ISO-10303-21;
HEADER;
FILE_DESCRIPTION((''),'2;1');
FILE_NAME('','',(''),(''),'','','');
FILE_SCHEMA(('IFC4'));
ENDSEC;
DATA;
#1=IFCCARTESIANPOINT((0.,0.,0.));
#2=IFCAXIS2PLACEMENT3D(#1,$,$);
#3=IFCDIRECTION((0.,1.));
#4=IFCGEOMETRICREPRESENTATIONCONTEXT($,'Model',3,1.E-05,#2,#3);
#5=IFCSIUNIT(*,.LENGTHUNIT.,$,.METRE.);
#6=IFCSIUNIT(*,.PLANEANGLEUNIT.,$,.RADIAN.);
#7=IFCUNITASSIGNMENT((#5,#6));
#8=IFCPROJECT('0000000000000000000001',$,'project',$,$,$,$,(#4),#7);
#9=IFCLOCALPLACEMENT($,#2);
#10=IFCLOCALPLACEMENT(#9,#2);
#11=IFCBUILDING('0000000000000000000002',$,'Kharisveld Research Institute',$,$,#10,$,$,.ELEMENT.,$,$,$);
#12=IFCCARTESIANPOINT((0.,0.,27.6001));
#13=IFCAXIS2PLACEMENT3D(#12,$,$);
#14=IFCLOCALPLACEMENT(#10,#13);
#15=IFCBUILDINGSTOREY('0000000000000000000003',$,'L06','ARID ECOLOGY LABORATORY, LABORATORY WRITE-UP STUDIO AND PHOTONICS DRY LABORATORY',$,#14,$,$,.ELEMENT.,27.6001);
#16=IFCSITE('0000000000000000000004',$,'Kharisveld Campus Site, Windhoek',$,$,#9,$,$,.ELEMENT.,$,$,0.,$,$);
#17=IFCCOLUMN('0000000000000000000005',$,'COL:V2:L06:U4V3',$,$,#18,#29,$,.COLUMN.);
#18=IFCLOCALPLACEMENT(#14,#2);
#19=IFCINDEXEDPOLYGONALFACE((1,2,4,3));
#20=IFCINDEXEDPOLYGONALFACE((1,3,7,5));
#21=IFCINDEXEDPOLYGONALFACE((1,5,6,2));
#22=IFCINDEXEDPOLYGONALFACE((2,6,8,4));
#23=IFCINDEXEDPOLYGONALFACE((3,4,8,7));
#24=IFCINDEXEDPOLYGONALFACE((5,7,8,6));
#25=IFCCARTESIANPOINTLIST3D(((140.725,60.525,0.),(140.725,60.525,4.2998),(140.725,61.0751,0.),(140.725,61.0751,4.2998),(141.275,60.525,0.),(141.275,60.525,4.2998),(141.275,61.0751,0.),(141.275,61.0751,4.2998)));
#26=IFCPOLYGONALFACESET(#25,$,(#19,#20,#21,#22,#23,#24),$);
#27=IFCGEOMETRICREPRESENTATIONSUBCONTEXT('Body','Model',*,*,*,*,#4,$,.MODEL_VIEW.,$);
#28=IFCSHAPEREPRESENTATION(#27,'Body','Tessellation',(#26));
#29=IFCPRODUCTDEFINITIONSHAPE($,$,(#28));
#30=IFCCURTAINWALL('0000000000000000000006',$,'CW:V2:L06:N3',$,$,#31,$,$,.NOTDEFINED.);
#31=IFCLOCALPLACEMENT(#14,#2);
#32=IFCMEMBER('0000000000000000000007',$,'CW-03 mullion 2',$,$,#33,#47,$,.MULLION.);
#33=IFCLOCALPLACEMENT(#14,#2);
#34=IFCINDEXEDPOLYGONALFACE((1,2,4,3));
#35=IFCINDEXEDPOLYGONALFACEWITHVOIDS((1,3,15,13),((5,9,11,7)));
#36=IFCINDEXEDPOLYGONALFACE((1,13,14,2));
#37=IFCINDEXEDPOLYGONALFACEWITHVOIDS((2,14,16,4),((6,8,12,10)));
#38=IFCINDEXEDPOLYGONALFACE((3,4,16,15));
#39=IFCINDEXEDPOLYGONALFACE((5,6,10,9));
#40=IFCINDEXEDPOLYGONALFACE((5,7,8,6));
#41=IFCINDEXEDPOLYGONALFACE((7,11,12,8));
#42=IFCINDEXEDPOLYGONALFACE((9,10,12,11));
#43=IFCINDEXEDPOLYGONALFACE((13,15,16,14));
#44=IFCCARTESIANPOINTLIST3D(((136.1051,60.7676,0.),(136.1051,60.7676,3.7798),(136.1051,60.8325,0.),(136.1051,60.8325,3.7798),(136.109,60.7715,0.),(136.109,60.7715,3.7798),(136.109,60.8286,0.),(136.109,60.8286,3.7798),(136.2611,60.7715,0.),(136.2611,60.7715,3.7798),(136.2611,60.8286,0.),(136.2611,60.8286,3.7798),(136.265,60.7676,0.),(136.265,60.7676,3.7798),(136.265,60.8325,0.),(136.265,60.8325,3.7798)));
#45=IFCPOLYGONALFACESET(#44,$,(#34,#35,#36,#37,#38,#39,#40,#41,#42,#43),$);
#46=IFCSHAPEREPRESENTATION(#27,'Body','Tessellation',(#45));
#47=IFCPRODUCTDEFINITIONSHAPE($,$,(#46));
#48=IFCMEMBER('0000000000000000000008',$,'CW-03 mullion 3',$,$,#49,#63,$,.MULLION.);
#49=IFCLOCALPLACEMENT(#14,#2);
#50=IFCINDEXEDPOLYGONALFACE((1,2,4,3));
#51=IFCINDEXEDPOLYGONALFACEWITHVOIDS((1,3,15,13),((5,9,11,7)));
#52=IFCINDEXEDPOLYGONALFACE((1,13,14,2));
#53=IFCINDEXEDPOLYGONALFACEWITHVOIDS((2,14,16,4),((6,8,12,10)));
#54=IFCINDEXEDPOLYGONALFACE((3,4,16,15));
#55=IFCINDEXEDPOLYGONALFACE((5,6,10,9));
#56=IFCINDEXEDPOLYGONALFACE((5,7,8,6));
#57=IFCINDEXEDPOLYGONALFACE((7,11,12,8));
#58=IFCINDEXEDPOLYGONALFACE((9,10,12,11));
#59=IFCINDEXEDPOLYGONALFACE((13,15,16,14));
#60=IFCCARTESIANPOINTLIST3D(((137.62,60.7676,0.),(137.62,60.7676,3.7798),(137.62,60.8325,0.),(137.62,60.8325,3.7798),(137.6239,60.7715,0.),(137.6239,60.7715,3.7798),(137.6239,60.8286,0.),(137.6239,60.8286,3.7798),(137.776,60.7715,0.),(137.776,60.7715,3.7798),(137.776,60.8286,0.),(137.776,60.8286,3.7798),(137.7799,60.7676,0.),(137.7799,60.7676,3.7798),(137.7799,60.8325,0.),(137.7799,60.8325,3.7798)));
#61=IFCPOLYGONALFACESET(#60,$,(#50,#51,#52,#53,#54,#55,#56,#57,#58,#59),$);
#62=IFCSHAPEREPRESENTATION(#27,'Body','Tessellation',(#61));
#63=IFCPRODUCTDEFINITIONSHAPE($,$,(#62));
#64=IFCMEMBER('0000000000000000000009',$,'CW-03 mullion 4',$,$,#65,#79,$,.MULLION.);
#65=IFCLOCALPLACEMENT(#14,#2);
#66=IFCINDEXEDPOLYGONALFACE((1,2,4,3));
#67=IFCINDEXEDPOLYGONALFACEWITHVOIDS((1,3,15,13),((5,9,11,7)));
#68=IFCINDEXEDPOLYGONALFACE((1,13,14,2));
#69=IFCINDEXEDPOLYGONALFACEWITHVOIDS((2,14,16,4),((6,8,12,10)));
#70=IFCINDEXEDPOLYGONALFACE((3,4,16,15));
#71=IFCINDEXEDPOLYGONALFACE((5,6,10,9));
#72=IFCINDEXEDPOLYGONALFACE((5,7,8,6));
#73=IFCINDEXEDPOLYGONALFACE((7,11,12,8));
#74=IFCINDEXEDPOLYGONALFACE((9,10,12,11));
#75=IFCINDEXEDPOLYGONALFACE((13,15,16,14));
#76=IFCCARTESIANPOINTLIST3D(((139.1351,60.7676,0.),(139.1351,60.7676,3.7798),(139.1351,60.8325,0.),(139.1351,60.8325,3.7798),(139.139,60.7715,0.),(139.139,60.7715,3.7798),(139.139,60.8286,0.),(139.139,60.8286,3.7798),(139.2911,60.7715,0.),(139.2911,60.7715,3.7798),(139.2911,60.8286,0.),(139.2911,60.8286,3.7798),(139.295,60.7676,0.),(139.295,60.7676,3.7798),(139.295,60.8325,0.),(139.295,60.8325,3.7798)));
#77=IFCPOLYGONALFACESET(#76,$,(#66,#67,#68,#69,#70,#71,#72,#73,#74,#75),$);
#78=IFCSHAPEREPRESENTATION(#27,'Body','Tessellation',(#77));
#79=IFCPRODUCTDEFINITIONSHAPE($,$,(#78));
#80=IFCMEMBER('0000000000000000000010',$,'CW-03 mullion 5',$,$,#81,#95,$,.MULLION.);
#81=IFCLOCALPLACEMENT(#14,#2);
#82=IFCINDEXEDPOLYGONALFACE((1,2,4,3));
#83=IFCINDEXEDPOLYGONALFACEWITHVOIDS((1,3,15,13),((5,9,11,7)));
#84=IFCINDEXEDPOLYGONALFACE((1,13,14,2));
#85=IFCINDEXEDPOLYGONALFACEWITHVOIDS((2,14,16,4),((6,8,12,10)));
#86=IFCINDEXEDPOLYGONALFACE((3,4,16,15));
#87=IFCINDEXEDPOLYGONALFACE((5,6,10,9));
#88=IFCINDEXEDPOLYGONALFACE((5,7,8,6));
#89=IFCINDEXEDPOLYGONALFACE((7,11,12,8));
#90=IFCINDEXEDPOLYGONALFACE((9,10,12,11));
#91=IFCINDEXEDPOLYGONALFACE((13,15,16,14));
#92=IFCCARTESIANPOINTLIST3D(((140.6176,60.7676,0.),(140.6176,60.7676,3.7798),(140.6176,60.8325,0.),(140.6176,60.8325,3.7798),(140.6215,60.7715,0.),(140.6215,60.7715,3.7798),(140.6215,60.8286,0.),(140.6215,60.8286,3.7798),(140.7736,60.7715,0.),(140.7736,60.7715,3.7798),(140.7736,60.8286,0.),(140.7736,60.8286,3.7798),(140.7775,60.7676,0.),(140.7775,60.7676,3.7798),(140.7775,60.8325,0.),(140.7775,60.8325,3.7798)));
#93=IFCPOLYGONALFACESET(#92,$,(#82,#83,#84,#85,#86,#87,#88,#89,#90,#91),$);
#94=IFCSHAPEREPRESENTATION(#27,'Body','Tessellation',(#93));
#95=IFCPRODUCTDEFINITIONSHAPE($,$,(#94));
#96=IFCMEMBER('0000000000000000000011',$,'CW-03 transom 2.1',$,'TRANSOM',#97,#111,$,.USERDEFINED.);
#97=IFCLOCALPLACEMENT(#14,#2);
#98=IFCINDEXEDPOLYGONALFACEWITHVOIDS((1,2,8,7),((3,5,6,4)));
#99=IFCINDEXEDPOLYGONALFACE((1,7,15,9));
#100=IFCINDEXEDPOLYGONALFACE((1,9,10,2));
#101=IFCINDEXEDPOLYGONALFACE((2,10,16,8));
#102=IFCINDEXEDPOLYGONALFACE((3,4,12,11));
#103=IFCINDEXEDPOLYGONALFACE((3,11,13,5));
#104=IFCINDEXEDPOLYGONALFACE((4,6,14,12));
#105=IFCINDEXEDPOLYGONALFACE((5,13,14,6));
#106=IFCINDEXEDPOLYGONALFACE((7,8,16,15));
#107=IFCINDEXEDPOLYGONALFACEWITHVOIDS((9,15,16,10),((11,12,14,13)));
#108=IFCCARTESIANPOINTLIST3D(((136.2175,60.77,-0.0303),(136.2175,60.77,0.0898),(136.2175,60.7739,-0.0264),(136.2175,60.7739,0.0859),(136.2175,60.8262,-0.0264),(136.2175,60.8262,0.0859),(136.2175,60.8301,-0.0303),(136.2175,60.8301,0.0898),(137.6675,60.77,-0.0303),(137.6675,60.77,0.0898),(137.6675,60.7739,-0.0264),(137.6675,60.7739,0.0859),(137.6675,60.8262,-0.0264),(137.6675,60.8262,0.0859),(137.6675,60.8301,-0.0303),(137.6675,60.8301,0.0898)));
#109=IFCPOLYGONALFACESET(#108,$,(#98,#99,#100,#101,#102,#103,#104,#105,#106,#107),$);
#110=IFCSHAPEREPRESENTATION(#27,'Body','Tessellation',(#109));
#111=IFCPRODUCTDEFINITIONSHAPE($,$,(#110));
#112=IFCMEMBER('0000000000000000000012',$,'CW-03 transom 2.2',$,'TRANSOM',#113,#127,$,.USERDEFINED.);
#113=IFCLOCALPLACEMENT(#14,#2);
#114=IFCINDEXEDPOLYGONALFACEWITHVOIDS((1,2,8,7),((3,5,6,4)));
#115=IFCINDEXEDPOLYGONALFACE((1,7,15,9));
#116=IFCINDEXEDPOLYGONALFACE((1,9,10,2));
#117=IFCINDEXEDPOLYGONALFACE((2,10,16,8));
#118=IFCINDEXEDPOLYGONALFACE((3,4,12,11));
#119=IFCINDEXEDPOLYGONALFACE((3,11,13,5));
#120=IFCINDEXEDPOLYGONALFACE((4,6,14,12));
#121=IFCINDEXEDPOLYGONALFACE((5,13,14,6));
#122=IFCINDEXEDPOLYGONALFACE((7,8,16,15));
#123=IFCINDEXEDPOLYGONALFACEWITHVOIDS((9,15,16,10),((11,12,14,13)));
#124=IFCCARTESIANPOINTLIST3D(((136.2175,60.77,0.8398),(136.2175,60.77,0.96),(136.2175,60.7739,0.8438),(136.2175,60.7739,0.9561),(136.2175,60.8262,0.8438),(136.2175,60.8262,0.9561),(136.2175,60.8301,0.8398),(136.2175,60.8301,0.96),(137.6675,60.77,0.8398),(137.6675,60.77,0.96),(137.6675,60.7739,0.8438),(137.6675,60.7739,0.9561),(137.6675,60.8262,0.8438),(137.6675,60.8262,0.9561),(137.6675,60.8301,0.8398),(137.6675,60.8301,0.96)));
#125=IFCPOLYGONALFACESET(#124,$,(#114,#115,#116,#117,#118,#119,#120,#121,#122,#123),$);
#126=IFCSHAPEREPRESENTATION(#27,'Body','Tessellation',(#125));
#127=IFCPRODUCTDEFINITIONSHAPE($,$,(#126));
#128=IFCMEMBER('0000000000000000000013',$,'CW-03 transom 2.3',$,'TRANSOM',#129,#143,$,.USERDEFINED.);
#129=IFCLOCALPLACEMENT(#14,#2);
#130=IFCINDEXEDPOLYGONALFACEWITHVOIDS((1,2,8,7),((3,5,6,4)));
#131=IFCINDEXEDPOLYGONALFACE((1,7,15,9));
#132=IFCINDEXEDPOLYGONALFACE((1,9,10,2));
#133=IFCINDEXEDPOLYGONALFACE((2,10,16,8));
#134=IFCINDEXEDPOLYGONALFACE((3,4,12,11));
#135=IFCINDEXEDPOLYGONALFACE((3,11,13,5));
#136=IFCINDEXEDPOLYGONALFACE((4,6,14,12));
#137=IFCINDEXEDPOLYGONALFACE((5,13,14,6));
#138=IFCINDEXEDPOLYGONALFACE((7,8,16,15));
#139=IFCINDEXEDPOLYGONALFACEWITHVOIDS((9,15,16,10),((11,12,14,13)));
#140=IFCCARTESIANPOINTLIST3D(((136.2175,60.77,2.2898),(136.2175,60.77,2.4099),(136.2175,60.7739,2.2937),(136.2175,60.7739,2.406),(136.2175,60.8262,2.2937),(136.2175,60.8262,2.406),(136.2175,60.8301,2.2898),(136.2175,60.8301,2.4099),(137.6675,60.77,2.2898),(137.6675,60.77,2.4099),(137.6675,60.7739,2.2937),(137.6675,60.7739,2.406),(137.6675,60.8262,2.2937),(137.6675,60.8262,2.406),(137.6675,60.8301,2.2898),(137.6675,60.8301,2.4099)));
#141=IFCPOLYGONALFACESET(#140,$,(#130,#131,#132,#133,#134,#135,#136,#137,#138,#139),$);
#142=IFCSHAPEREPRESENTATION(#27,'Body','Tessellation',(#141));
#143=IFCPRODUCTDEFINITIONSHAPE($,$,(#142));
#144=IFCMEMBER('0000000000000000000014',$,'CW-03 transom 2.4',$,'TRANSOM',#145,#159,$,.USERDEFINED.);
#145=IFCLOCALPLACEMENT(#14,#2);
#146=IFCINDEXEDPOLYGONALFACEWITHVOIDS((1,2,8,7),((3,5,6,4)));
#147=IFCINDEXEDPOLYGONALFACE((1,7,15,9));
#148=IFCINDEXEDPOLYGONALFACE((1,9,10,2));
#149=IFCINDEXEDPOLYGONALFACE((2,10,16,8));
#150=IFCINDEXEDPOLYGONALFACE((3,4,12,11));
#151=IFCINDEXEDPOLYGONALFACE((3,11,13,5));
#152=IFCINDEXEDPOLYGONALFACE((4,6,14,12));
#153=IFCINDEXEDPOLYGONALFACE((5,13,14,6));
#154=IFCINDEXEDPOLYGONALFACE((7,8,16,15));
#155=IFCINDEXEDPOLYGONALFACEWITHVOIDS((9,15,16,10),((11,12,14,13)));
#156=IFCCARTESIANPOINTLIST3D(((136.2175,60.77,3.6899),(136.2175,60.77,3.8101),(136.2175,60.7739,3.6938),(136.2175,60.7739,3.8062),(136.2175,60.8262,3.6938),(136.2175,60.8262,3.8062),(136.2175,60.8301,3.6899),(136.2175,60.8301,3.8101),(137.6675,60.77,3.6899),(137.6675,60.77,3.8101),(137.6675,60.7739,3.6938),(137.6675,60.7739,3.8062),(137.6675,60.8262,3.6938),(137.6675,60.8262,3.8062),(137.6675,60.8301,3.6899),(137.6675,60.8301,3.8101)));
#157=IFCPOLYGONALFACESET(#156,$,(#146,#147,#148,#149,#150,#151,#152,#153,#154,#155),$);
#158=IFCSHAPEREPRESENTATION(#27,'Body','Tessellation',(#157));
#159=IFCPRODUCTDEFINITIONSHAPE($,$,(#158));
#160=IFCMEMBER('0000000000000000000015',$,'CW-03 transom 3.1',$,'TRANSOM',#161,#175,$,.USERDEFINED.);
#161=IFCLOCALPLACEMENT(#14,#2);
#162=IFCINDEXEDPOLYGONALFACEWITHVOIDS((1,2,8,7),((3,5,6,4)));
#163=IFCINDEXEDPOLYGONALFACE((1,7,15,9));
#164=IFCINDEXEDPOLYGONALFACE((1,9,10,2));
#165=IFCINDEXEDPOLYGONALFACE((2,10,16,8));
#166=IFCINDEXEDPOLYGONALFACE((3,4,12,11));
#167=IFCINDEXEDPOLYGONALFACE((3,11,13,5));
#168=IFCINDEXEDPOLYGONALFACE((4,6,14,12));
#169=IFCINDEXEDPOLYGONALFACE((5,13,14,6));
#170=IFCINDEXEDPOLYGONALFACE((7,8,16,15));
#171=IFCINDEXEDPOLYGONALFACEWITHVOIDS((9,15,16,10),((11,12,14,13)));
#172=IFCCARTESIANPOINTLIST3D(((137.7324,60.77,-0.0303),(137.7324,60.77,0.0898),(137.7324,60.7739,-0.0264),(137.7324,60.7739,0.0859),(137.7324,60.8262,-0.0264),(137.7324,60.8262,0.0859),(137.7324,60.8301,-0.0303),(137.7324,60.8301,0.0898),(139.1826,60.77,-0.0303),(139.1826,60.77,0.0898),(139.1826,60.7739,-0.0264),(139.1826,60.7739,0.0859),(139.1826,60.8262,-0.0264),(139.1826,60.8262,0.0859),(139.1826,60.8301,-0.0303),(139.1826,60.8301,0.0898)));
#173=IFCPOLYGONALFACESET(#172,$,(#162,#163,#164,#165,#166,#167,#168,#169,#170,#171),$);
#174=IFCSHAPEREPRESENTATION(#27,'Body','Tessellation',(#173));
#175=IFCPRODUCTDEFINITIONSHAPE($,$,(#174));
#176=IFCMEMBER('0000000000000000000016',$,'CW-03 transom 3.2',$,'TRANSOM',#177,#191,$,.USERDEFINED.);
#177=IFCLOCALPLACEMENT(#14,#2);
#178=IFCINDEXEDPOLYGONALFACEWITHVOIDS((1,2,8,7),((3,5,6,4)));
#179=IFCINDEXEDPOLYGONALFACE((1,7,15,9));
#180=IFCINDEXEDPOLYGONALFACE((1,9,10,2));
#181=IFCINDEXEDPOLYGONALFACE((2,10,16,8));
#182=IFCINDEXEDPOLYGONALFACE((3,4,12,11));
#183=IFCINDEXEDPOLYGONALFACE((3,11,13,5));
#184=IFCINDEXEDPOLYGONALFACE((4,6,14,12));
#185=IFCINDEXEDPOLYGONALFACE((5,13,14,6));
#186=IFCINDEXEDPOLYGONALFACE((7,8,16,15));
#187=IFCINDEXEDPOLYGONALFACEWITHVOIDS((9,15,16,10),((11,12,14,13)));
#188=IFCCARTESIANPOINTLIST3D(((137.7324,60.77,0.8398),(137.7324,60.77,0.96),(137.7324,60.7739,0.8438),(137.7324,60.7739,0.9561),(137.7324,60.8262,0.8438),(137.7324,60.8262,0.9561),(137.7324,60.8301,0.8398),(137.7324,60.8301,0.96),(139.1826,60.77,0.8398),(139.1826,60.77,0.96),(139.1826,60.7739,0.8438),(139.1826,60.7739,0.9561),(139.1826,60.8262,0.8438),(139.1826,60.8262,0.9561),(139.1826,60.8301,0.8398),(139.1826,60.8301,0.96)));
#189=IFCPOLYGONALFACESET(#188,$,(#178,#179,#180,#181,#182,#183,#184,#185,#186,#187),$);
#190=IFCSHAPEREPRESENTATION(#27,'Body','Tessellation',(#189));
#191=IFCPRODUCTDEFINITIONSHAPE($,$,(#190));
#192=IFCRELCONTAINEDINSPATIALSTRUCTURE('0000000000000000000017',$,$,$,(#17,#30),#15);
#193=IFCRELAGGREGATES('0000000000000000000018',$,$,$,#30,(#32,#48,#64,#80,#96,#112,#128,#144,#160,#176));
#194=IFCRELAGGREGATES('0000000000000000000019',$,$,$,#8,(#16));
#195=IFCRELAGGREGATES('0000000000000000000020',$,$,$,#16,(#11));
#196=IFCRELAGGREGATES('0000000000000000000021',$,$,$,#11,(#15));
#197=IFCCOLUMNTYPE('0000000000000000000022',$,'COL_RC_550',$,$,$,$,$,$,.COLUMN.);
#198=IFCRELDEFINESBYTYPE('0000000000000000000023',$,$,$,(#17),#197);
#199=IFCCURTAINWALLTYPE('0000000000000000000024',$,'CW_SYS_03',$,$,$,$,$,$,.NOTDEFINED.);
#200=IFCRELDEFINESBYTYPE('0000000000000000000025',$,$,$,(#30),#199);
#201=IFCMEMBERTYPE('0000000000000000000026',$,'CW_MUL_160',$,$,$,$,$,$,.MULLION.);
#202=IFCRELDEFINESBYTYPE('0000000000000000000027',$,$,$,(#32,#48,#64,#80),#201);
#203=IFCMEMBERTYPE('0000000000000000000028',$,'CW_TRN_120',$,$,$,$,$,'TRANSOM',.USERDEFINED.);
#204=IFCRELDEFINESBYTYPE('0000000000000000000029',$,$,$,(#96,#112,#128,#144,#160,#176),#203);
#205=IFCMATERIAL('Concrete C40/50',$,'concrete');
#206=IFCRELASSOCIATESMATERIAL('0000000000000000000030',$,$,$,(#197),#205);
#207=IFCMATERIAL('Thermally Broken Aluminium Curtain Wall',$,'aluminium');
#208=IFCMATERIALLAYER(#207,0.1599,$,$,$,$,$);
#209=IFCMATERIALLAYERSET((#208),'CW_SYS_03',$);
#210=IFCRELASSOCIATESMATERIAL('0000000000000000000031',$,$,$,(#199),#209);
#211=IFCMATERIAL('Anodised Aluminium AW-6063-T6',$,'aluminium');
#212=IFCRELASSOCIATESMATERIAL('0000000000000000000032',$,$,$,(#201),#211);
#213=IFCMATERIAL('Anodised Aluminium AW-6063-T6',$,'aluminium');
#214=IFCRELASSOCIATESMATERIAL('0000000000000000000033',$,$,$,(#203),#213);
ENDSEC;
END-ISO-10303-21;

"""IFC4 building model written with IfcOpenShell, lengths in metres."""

from ifc_helpers import new_model, si_unit, direction, frame, origin, origin_2d, place, context, subcontext, project, spatial, rectangle, hollow_rectangle, extrude, material, layer, layer_set, material_profile, profile_set, type_object, element, aggregate, save


model = new_model("IFC4")

# Units and contexts
model_context = context("Model", 3, precision=1e-05, world=origin(), true_north=direction((0.0, 1.0)))
body_context = subcontext(model_context, "Body", "Model", "MODEL_VIEW")
ifc_project = project(units=[si_unit("LENGTHUNIT", "METRE"), si_unit("PLANEANGLEUNIT", "RADIAN")], contexts=[model_context])

# Site, building, storey
site_placement = place(None, origin())
site = spatial("IfcSite", under=ifc_project, at=site_placement, Name="Kharisveld Campus Site, Windhoek", CompositionType="ELEMENT", RefElevation=0.0)
building_placement = place(site_placement, origin())
building = spatial("IfcBuilding", under=site, at=building_placement, Name="Kharisveld Research Institute", CompositionType="ELEMENT")
storey_placement = place(building_placement, frame((0.0, 0.0, 27.6001)))
storey = spatial("IfcBuildingStorey", under=building, at=storey_placement, Name="L06", Description="ARID ECOLOGY LABORATORY, LABORATORY WRITE-UP STUDIO AND PHOTONICS DRY LABORATORY", CompositionType="ELEMENT", Elevation=27.6001)

# Column
ifc_material_1 = material(Name="Concrete C40/50", Category="concrete")
ifc_material_profile_1 = material_profile(ifc_material_1, rectangle(XDim=0.55, YDim=0.55, at=origin_2d()))
ifc_profile_set_1 = profile_set([ifc_material_profile_1], Name="Concrete C40/50")
column_type = type_object("IfcColumnType", Name="COL_RC_550", PredefinedType="COLUMN", material=ifc_profile_set_1)
column_placement = place(storey_placement, frame((141.0, 60.8, 0.0), z_axis=(0.0, 0.0, 1.0), x_axis=(1.0, 0.0, 0.0)))
element("IfcColumn", 1, at=column_placement, inside=storey, type_object=column_type, Name="COL:V2:L06:U4V3", PredefinedType="COLUMN", context=body_context, shape_type="SweptSolid", body=[
    extrude(rectangle(XDim=0.55, YDim=0.55, at=origin_2d()), origin(), (0.0, 0.0, 1.0), 4.2998),
])

# Curtain wall, members
ifc_material_2 = material(Name="Thermally Broken Aluminium Curtain Wall", Category="aluminium")
ifc_layer_1 = layer(ifc_material_2, 0.1599)
ifc_layer_set_1 = layer_set([ifc_layer_1], Name="CW_SYS_03")
curtain_wall_type = type_object("IfcCurtainWallType", Name="CW_SYS_03", PredefinedType="NOTDEFINED", material=ifc_layer_set_1)
curtain_wall_placement = place(storey_placement, origin())
curtain_wall = element("IfcCurtainWall", 2, at=curtain_wall_placement, inside=storey, type_object=curtain_wall_type, Name="CW:V2:L06:N3", PredefinedType="NOTDEFINED")
ifc_material_3 = material(Name="Anodised Aluminium AW-6063-T6", Category="aluminium")
ifc_material_profile_2 = material_profile(ifc_material_3, hollow_rectangle(XDim=0.0649, YDim=0.1599, WallThickness=0.0039, at=origin_2d()))
ifc_profile_set_2 = profile_set([ifc_material_profile_2], Name="Anodised Aluminium AW-6063-T6")
member_type_1 = type_object("IfcMemberType", Name="CW_MUL_160", PredefinedType="MULLION", material=ifc_profile_set_2)
member_1_placement = place(storey_placement, frame((136.1851, 60.8, 0.0), z_axis=(0.0, 0.0, 1.0), x_axis=(0.0, 1.0, 0.0)))
member_1 = element("IfcMember", 3, at=member_1_placement, type_object=member_type_1, Name="CW-03 mullion 2", PredefinedType="MULLION", context=body_context, shape_type="SweptSolid", body=[
    extrude(hollow_rectangle(XDim=0.0649, YDim=0.1599, WallThickness=0.0039, at=origin_2d()), origin(), (0.0, 0.0, 1.0), 3.7798),
])
member_2_placement = place(storey_placement, frame((137.7, 60.8, 0.0), z_axis=(0.0, 0.0, 1.0), x_axis=(0.0, 1.0, 0.0)))
member_2 = element("IfcMember", 4, at=member_2_placement, type_object=member_type_1, Name="CW-03 mullion 3", PredefinedType="MULLION", context=body_context, shape_type="SweptSolid", body=[
    extrude(hollow_rectangle(XDim=0.0649, YDim=0.1599, WallThickness=0.0039, at=origin_2d()), origin(), (0.0, 0.0, 1.0), 3.7798),
])
member_3_placement = place(storey_placement, frame((139.2151, 60.8, 0.0), z_axis=(0.0, 0.0, 1.0), x_axis=(0.0, 1.0, 0.0)))
member_3 = element("IfcMember", 5, at=member_3_placement, type_object=member_type_1, Name="CW-03 mullion 4", PredefinedType="MULLION", context=body_context, shape_type="SweptSolid", body=[
    extrude(hollow_rectangle(XDim=0.0649, YDim=0.1599, WallThickness=0.0039, at=origin_2d()), origin(), (0.0, 0.0, 1.0), 3.7798),
])
member_4_placement = place(storey_placement, frame((140.6975, 60.8, 0.0), z_axis=(0.0, 0.0, 1.0), x_axis=(0.0, 1.0, 0.0)))
member_4 = element("IfcMember", 6, at=member_4_placement, type_object=member_type_1, Name="CW-03 mullion 5", PredefinedType="MULLION", context=body_context, shape_type="SweptSolid", body=[
    extrude(hollow_rectangle(XDim=0.0649, YDim=0.1599, WallThickness=0.0039, at=origin_2d()), origin(), (0.0, 0.0, 1.0), 3.7798),
])
ifc_material_4 = material(Name="Anodised Aluminium AW-6063-T6", Category="aluminium")
ifc_material_profile_3 = material_profile(ifc_material_4, hollow_rectangle(XDim=0.0601, YDim=0.1201, WallThickness=0.0039, at=origin_2d()))
ifc_profile_set_3 = profile_set([ifc_material_profile_3], Name="Anodised Aluminium AW-6063-T6")
member_type_2 = type_object("IfcMemberType", Name="CW_TRN_120", ElementType="TRANSOM", PredefinedType="USERDEFINED", material=ifc_profile_set_3)
member_5_placement = place(storey_placement, frame((136.2175, 60.8, 0.0298), z_axis=(1.0, 0.0, 0.0), x_axis=(0.0, 1.0, 0.0)))
member_5 = element("IfcMember", 7, at=member_5_placement, type_object=member_type_2, Name="CW-03 transom 2.1", ObjectType="TRANSOM", PredefinedType="USERDEFINED", context=body_context, shape_type="SweptSolid", body=[
    extrude(hollow_rectangle(XDim=0.0601, YDim=0.1201, WallThickness=0.0039, at=origin_2d()), origin(), (0.0, 0.0, 1.0), 1.45),
])
member_6_placement = place(storey_placement, frame((136.2175, 60.8, 0.8999), z_axis=(1.0, 0.0, 0.0), x_axis=(0.0, 1.0, 0.0)))
member_6 = element("IfcMember", 8, at=member_6_placement, type_object=member_type_2, Name="CW-03 transom 2.2", ObjectType="TRANSOM", PredefinedType="USERDEFINED", context=body_context, shape_type="SweptSolid", body=[
    extrude(hollow_rectangle(XDim=0.0601, YDim=0.1201, WallThickness=0.0039, at=origin_2d()), origin(), (0.0, 0.0, 1.0), 1.45),
])
member_7_placement = place(storey_placement, frame((136.2175, 60.8, 2.3499), z_axis=(1.0, 0.0, 0.0), x_axis=(0.0, 1.0, 0.0)))
member_7 = element("IfcMember", 9, at=member_7_placement, type_object=member_type_2, Name="CW-03 transom 2.3", ObjectType="TRANSOM", PredefinedType="USERDEFINED", context=body_context, shape_type="SweptSolid", body=[
    extrude(hollow_rectangle(XDim=0.0601, YDim=0.1201, WallThickness=0.0039, at=origin_2d()), origin(), (0.0, 0.0, 1.0), 1.45),
])
member_8_placement = place(storey_placement, frame((136.2175, 60.8, 3.75), z_axis=(1.0, 0.0, 0.0), x_axis=(0.0, 1.0, 0.0)))
member_8 = element("IfcMember", 10, at=member_8_placement, type_object=member_type_2, Name="CW-03 transom 2.4", ObjectType="TRANSOM", PredefinedType="USERDEFINED", context=body_context, shape_type="SweptSolid", body=[
    extrude(hollow_rectangle(XDim=0.0601, YDim=0.1201, WallThickness=0.0039, at=origin_2d()), origin(), (0.0, 0.0, 1.0), 1.45),
])
member_9_placement = place(storey_placement, frame((137.7324, 60.8, 0.0298), z_axis=(1.0, 0.0, 0.0), x_axis=(0.0, 1.0, 0.0)))
member_9 = element("IfcMember", 11, at=member_9_placement, type_object=member_type_2, Name="CW-03 transom 3.1", ObjectType="TRANSOM", PredefinedType="USERDEFINED", context=body_context, shape_type="SweptSolid", body=[
    extrude(hollow_rectangle(XDim=0.0601, YDim=0.1201, WallThickness=0.0039, at=origin_2d()), origin(), (0.0, 0.0, 1.0), 1.4502),
])
member_10_placement = place(storey_placement, frame((137.7324, 60.8, 0.8999), z_axis=(1.0, 0.0, 0.0), x_axis=(0.0, 1.0, 0.0)))
member_10 = element("IfcMember", 12, at=member_10_placement, type_object=member_type_2, Name="CW-03 transom 3.2", ObjectType="TRANSOM", PredefinedType="USERDEFINED", context=body_context, shape_type="SweptSolid", body=[
    extrude(hollow_rectangle(XDim=0.0601, YDim=0.1201, WallThickness=0.0039, at=origin_2d()), origin(), (0.0, 0.0, 1.0), 1.4502),
])
aggregate(curtain_wall, [member_1, member_2, member_3, member_4, member_5, member_6, member_7, member_8, member_9, member_10])

save(model, "model.ifc")
